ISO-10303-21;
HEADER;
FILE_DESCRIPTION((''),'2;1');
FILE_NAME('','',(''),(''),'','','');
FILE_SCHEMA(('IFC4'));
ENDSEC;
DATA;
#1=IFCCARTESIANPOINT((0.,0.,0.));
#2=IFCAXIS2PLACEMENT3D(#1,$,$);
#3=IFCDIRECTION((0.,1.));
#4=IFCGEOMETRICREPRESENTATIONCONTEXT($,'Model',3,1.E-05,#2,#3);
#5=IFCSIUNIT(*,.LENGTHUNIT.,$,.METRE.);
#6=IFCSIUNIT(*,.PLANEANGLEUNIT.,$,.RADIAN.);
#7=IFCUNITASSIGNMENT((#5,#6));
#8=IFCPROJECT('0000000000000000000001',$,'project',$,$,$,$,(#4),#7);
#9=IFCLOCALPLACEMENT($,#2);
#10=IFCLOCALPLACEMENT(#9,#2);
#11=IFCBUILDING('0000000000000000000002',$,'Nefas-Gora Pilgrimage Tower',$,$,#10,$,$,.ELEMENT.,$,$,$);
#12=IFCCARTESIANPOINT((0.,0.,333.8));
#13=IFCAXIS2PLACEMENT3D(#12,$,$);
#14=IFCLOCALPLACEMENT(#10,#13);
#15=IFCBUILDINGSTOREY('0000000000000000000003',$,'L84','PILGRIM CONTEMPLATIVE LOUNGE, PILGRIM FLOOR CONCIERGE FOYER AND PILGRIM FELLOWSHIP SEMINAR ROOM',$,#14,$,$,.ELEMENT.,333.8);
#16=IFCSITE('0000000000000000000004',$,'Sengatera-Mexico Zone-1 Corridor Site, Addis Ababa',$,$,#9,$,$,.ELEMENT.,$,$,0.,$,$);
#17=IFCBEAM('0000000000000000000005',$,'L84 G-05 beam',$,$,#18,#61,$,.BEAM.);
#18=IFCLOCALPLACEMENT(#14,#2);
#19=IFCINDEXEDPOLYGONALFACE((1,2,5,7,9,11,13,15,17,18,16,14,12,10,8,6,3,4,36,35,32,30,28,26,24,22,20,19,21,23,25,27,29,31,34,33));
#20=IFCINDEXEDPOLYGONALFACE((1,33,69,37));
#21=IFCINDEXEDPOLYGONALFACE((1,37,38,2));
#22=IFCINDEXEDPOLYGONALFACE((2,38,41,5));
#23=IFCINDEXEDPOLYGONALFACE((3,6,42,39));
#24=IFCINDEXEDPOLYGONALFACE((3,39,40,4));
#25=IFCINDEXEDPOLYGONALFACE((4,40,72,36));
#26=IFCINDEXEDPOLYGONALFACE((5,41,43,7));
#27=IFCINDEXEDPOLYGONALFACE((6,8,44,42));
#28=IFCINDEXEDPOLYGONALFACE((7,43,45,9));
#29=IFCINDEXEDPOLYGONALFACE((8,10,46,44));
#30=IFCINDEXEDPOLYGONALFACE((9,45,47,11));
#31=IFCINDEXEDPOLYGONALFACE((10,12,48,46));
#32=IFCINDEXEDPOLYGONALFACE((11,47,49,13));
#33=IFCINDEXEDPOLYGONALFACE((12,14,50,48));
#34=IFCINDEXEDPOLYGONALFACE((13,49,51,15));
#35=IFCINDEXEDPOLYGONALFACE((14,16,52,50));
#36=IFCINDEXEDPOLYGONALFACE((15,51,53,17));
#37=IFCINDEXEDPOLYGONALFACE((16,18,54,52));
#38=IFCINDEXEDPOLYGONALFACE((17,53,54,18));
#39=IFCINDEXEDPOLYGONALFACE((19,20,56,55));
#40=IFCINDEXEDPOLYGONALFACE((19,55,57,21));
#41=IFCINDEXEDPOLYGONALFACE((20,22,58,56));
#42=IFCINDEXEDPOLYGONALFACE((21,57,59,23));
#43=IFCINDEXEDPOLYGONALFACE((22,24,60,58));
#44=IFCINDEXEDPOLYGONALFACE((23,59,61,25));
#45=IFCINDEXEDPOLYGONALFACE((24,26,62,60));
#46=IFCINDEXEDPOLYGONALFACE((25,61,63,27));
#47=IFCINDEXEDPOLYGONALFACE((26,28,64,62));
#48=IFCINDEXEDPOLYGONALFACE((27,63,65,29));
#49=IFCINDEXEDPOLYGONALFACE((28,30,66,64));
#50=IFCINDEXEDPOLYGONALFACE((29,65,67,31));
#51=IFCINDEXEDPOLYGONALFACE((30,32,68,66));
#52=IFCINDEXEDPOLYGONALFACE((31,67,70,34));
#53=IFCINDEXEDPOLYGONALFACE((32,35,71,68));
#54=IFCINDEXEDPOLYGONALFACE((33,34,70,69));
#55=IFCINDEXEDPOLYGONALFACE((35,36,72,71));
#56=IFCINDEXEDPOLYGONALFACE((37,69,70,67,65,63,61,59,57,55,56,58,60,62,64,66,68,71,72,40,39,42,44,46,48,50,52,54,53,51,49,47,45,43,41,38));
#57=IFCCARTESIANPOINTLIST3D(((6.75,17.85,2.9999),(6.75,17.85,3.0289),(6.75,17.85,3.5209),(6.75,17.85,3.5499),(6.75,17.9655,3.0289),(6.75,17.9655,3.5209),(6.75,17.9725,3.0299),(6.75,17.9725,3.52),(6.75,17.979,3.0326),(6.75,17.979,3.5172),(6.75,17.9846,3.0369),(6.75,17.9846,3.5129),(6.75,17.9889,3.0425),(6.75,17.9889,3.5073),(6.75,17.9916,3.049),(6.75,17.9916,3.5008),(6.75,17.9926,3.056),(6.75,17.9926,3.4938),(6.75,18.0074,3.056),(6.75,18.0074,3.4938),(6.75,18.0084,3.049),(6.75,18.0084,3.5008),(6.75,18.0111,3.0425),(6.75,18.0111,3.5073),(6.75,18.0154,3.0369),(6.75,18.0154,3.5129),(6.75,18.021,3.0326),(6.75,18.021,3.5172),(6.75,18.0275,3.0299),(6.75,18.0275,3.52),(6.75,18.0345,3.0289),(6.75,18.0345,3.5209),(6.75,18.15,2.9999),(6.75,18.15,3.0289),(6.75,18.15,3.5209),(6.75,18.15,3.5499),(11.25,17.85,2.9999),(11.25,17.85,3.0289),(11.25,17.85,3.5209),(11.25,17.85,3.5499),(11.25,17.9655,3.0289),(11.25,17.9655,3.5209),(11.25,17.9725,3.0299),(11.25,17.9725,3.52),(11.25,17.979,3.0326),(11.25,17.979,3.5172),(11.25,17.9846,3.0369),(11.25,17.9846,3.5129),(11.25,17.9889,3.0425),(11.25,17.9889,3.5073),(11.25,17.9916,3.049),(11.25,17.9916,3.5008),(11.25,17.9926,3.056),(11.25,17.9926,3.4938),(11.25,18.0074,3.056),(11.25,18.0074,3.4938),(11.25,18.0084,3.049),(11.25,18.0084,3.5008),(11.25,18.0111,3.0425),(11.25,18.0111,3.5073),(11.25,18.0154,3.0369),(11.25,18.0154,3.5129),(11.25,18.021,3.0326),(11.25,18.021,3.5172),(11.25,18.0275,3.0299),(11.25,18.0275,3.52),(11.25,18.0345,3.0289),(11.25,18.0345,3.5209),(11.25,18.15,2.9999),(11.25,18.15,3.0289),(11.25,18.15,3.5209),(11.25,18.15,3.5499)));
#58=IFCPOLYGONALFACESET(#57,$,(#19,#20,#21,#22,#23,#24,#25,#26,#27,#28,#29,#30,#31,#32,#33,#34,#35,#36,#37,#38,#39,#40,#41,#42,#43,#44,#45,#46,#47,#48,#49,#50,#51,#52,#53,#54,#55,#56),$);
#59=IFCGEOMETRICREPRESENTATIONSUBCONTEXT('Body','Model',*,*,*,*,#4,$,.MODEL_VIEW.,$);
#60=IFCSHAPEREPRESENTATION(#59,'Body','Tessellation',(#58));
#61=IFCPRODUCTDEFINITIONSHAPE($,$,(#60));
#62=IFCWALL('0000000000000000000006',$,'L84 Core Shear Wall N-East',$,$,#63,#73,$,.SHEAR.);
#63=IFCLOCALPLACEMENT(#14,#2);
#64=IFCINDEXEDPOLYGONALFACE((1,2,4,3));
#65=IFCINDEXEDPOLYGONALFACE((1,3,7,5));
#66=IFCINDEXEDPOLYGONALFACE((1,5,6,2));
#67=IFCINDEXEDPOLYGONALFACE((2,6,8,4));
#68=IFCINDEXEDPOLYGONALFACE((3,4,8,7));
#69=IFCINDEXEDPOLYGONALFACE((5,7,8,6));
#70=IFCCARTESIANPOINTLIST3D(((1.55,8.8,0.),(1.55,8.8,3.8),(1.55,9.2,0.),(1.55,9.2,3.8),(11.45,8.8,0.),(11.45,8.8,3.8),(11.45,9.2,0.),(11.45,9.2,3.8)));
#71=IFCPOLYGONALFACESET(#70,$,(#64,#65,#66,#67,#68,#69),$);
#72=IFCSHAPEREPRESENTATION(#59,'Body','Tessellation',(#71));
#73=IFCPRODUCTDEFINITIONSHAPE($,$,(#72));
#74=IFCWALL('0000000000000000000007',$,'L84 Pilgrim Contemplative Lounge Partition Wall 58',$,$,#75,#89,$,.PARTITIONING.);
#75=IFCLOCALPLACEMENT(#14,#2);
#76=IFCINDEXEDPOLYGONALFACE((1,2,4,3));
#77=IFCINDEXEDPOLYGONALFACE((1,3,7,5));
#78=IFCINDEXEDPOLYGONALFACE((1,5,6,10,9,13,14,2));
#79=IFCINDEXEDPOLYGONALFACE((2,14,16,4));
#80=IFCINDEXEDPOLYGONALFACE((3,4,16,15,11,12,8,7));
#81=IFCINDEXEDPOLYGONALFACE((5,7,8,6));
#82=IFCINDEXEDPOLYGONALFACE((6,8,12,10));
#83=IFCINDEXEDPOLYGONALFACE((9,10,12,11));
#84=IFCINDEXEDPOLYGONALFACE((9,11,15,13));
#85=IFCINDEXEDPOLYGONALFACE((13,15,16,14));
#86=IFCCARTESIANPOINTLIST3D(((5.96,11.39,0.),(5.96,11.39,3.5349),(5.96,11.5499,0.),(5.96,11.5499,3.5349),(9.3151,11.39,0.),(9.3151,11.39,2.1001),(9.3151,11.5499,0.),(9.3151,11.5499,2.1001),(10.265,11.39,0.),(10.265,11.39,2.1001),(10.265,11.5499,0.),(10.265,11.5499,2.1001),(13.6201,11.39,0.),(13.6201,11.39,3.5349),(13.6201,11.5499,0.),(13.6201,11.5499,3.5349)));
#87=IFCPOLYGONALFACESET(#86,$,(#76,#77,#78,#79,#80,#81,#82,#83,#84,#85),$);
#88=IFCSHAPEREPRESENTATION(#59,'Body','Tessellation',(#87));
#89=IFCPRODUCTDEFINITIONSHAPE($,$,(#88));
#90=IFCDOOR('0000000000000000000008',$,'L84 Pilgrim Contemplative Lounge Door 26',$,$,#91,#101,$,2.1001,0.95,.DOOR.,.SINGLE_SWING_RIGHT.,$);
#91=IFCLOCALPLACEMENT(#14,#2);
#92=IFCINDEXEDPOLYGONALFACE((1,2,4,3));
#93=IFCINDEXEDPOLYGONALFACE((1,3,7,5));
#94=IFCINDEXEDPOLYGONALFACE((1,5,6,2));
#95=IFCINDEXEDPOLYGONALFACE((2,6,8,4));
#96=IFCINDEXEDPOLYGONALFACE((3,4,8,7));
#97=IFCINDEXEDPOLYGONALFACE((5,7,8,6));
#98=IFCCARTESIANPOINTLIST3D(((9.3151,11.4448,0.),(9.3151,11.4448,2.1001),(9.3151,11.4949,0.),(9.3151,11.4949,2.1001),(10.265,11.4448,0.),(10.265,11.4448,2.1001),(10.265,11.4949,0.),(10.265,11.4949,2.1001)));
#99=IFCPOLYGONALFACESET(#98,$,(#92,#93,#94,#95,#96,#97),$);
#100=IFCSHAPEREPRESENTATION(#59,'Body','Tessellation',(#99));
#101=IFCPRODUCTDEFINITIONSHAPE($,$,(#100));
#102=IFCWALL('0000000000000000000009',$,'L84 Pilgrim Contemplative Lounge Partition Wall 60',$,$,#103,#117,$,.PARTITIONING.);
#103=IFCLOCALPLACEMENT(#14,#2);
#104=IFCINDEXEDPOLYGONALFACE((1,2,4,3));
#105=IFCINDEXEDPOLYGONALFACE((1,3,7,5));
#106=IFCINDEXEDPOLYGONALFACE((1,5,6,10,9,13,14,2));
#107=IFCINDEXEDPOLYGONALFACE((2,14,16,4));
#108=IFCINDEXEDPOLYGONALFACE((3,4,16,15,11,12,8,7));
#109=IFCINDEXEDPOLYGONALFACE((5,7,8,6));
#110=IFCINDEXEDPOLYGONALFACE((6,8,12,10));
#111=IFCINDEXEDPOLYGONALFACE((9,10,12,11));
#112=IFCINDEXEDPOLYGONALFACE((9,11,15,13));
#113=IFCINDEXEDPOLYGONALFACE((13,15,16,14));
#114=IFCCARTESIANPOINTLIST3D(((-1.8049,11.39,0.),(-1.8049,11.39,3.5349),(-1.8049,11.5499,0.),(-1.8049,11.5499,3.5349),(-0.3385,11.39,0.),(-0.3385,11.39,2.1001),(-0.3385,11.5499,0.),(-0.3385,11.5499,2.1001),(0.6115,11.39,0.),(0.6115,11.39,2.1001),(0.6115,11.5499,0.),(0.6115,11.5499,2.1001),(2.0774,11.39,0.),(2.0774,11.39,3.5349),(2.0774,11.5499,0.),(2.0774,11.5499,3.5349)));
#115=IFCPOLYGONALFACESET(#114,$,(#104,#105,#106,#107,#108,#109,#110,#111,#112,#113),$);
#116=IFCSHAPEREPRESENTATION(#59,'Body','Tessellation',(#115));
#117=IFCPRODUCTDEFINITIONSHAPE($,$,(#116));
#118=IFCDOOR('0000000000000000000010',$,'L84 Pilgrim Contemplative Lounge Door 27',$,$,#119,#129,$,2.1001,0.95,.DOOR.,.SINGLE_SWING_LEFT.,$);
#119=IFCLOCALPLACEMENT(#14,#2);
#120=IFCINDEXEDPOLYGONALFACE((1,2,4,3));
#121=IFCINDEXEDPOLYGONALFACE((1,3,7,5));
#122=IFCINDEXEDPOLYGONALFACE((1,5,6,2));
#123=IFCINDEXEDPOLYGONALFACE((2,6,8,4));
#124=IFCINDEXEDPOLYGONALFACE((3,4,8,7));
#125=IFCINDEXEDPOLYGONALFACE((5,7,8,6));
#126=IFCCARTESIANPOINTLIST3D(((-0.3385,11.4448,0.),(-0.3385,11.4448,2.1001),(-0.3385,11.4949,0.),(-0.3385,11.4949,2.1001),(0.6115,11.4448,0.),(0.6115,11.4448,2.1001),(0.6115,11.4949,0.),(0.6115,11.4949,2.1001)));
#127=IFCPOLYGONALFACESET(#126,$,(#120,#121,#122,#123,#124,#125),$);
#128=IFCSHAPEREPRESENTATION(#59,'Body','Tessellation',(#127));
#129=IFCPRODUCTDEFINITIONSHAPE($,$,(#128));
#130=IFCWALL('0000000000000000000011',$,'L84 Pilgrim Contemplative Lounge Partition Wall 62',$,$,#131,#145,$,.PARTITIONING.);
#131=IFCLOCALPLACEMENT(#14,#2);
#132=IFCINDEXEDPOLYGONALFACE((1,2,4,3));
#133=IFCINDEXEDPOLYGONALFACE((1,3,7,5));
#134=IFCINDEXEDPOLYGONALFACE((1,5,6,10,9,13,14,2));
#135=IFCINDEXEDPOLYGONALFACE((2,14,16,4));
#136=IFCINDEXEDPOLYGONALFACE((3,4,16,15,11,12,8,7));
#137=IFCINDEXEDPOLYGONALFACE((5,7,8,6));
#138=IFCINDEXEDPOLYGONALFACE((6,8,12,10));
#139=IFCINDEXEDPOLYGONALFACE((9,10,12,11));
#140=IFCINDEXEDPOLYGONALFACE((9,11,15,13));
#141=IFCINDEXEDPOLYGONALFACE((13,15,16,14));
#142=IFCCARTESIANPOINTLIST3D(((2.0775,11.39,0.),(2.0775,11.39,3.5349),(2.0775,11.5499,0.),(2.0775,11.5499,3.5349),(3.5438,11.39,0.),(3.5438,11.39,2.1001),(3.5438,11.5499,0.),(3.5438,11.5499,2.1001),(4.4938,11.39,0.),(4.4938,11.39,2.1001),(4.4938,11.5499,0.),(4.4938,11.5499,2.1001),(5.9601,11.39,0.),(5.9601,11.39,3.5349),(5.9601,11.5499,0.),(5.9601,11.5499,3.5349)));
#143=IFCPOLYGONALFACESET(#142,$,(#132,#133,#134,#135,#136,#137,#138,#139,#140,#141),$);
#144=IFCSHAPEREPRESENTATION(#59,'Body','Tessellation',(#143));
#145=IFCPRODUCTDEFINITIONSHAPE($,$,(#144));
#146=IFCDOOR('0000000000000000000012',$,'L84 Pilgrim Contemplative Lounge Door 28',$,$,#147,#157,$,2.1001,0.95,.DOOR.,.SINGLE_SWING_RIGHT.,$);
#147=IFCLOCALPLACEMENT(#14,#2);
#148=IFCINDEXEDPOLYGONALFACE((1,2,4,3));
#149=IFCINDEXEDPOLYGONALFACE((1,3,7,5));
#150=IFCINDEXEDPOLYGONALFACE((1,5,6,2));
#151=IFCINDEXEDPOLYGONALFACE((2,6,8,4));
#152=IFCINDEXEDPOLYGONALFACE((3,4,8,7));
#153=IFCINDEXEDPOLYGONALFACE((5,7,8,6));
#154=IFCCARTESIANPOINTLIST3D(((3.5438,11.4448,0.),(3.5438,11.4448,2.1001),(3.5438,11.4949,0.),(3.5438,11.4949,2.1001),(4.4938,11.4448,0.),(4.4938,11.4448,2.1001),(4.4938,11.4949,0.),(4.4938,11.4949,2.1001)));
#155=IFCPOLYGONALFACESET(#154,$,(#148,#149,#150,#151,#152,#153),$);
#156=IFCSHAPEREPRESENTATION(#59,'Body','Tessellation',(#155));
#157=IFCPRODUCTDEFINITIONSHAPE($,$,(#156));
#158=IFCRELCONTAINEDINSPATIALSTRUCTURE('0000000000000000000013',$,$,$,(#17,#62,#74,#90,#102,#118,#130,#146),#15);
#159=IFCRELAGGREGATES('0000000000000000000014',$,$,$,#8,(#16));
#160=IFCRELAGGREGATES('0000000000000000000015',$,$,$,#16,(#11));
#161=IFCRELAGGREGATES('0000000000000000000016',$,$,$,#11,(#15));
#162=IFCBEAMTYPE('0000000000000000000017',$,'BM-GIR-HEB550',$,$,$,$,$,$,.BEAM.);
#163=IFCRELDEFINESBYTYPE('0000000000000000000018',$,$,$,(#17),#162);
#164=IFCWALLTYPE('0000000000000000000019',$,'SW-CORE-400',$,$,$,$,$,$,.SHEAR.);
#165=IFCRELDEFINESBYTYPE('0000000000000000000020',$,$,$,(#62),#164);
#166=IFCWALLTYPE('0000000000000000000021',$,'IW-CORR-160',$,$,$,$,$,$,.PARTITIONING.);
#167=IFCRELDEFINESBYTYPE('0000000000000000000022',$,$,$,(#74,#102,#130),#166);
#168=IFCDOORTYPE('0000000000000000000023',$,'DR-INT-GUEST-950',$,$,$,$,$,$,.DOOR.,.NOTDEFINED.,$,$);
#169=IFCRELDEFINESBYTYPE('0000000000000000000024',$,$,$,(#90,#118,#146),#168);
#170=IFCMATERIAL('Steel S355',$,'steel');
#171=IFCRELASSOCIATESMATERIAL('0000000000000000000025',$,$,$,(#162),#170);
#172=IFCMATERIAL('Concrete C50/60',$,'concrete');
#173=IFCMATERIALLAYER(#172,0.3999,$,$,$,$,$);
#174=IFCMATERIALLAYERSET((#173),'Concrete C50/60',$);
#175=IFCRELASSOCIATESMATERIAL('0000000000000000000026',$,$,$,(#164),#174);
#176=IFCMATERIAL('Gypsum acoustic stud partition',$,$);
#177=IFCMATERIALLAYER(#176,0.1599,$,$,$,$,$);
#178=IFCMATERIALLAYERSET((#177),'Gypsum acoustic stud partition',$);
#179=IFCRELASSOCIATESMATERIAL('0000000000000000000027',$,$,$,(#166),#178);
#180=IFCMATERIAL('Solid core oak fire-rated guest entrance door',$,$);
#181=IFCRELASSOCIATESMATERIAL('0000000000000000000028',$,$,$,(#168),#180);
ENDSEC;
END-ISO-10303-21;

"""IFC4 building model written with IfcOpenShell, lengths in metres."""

from ifc_helpers import new_model, si_unit, direction, frame, frame_2d, origin, origin_2d, place, context, subcontext, project, spatial, rectangle, i_section, extrude, source, transform, mapped, material, layer, layer_set, material_profile, profile_set, type_object, element, fill, save


model = new_model("IFC4")

# Units and contexts
model_context = context("Model", 3, precision=1e-05, world=origin(), true_north=direction((0.0, 1.0)))
body_context = subcontext(model_context, "Body", "Model", "MODEL_VIEW")
ifc_project = project(units=[si_unit("LENGTHUNIT", "METRE"), si_unit("PLANEANGLEUNIT", "RADIAN")], contexts=[model_context])

# Site, building, storey
site_placement = place(None, origin())
site = spatial("IfcSite", under=ifc_project, at=site_placement, Name="Sengatera-Mexico Zone-1 Corridor Site, Addis Ababa", CompositionType="ELEMENT", RefElevation=0.0)
building_placement = place(site_placement, origin())
building = spatial("IfcBuilding", under=site, at=building_placement, Name="Nefas-Gora Pilgrimage Tower", CompositionType="ELEMENT")
storey_placement = place(building_placement, frame((0.0, 0.0, 333.8)))
storey = spatial("IfcBuildingStorey", under=building, at=storey_placement, Name="L84", Description="PILGRIM CONTEMPLATIVE LOUNGE, PILGRIM FLOOR CONCIERGE FOYER AND PILGRIM FELLOWSHIP SEMINAR ROOM", CompositionType="ELEMENT", Elevation=333.8)

# Shared definitions
ifc_material_1 = material(Name="Steel S355", Category="steel")
ifc_material_2 = material(Name="Concrete C50/60", Category="concrete")

# Beam
ifc_material_profile_1 = material_profile(ifc_material_1, i_section(OverallWidth=0.3, OverallDepth=0.55, WebThickness=0.0149, FlangeThickness=0.0291, FilletRadius=0.0271, at=origin_2d()), Name="HEB 550")
ifc_profile_set_1 = profile_set([ifc_material_profile_1], Name="Steel S355")
beam_type_1 = type_object("IfcBeamType", Name="BM-GIR-HEB550", PredefinedType="BEAM", material=ifc_profile_set_1)
shared_shape_1 = source(origin(), body_context, "Body", "SweptSolid", [
    extrude(i_section(OverallWidth=0.3, OverallDepth=0.55, WebThickness=0.0149, FlangeThickness=0.0291, FilletRadius=0.0271, at=origin_2d()), origin(), (0.0, 0.0, 1.0), 4.5),
])
for number, where, z_axis, x_axis, name in (
    (1, (6.75, 18.0, 3.2749), (1.0, 0.0, 0.0), (0.0, 1.0, 0.0), "L84 G-05 beam"),
):
    element("IfcBeam", number, at=place(storey_placement, frame(where, z_axis=z_axis, x_axis=x_axis)), inside=storey, type_object=beam_type_1, Name=name, PredefinedType="BEAM", context=body_context, shape_type="MappedRepresentation", body=[
        mapped(shared_shape_1, transform((0.0, 0.0, 0.0), x_axis=(1.0, 0.0, 0.0), y_axis=(0.0, 1.0, 0.0), z_axis=(0.0, 0.0, 1.0), scale=1.0)),
    ])

# Wall
ifc_layer_1 = layer(ifc_material_2, 0.3999)
ifc_layer_set_1 = layer_set([ifc_layer_1], Name="Concrete C50/60")
wall_type_1 = type_object("IfcWallType", Name="SW-CORE-400", PredefinedType="SHEAR", material=ifc_layer_set_1)
shared_shape_2 = source(origin(), body_context, "Body", "SweptSolid", [
    extrude(rectangle(XDim=9.8999, YDim=0.3999, at=frame_2d((4.95, 0.0))), origin(), (0.0, 0.0, 1.0), 3.8),
])
wall_1_placement = place(storey_placement, frame((1.55, 9.0, 0.0), z_axis=(0.0, 0.0, 1.0), x_axis=(1.0, 0.0, 0.0)))
element("IfcWall", 2, at=wall_1_placement, inside=storey, type_object=wall_type_1, Name="L84 Core Shear Wall N-East", PredefinedType="SHEAR", context=body_context, shape_type="MappedRepresentation", body=[
    mapped(shared_shape_2, transform((0.0, 0.0, 0.0), x_axis=(1.0, 0.0, 0.0), y_axis=(0.0, 1.0, 0.0), z_axis=(0.0, 0.0, 1.0), scale=1.0)),
])

# Walls, openings, doors
ifc_material_3 = material(Name="Gypsum acoustic stud partition")
ifc_layer_2 = layer(ifc_material_3, 0.1599)
ifc_layer_set_2 = layer_set([ifc_layer_2], Name="Gypsum acoustic stud partition")
wall_type_2 = type_object("IfcWallType", Name="IW-CORR-160", PredefinedType="PARTITIONING", material=ifc_layer_set_2)
shared_shape_3 = source(origin(), body_context, "Body", "SweptSolid", [
    extrude(rectangle(XDim=7.6602, YDim=0.1599, at=frame_2d((3.8301, 0.0))), origin(), (0.0, 0.0, 1.0), 3.5349),
])
wall_2_placement = place(storey_placement, frame((5.96, 11.47, 0.0), z_axis=(0.0, 0.0, 1.0), x_axis=(1.0, 0.0, 0.0)))
wall_2 = element("IfcWall", 3, at=wall_2_placement, inside=storey, type_object=wall_type_2, Name="L84 Pilgrim Contemplative Lounge Partition Wall 58", PredefinedType="PARTITIONING", context=body_context, shape_type="MappedRepresentation", body=[
    mapped(shared_shape_3, transform((0.0, 0.0, 0.0), x_axis=(1.0, 0.0, 0.0), y_axis=(0.0, 1.0, 0.0), z_axis=(0.0, 0.0, 1.0), scale=1.0)),
])
opening_1_placement = place(wall_2_placement, frame((3.355, 0.0, 0.0)))
opening_1 = element("IfcOpeningElement", 4, at=opening_1_placement, cuts=wall_2, PredefinedType="OPENING", context=body_context, shape_type="SweptSolid", body=[
    extrude(rectangle(XDim=0.95, YDim=2.1001, at=frame_2d((0.4751, 1.05))), frame((0.0, 0.0898, 0.0), z_axis=(0.0, -1.0, 0.0), x_axis=(1.0, 0.0, 0.0)), (0.0, 0.0, 1.0), 0.1799),
])
ifc_material_4 = material(Name="Solid core oak fire-rated guest entrance door")
door_type_1 = type_object("IfcDoorType", Name="DR-INT-GUEST-950", OperationType="NOTDEFINED", PredefinedType="DOOR", material=ifc_material_4)
shared_shape_4 = source(origin(), body_context, "Body", "SweptSolid", [
    extrude(rectangle(XDim=0.95, YDim=2.1001, at=frame_2d((0.4751, 1.05))), frame((0.0, 0.0249, 0.0), z_axis=(0.0, -1.0, 0.0), x_axis=(1.0, 0.0, 0.0)), (0.0, 0.0, 1.0), 0.05),
])
door_1_placement = place(opening_1_placement, origin())
door_1 = element("IfcDoor", 5, at=door_1_placement, inside=storey, type_object=door_type_1, Name="L84 Pilgrim Contemplative Lounge Door 26", OperationType="SINGLE_SWING_RIGHT", OverallHeight=2.1001, OverallWidth=0.95, PredefinedType="DOOR", context=body_context, shape_type="MappedRepresentation", body=[
    mapped(shared_shape_4, transform((0.0, 0.0, 0.0), x_axis=(1.0, 0.0, 0.0), y_axis=(0.0, 1.0, 0.0), z_axis=(0.0, 0.0, 1.0), scale=1.0)),
])
fill(opening_1, door_1)
shared_shape_5 = source(origin(), body_context, "Body", "SweptSolid", [
    extrude(rectangle(XDim=3.8823, YDim=0.1599, at=frame_2d((1.9412, 0.0))), origin(), (0.0, 0.0, 1.0), 3.5349),
])
wall_3_placement = place(storey_placement, frame((-1.8049, 11.47, 0.0), z_axis=(0.0, 0.0, 1.0), x_axis=(1.0, 0.0, 0.0)))
wall_3 = element("IfcWall", 6, at=wall_3_placement, inside=storey, type_object=wall_type_2, Name="L84 Pilgrim Contemplative Lounge Partition Wall 60", PredefinedType="PARTITIONING", context=body_context, shape_type="MappedRepresentation", body=[
    mapped(shared_shape_5, transform((0.0, 0.0, 0.0), x_axis=(1.0, 0.0, 0.0), y_axis=(0.0, 1.0, 0.0), z_axis=(0.0, 0.0, 1.0), scale=1.0)),
])
opening_2_placement = place(wall_3_placement, frame((1.4663, 0.0, 0.0)))
opening_2 = element("IfcOpeningElement", 7, at=opening_2_placement, cuts=wall_3, PredefinedType="OPENING", context=body_context, shape_type="SweptSolid", body=[
    extrude(rectangle(XDim=0.95, YDim=2.1001, at=frame_2d((0.4751, 1.05))), frame((0.0, 0.0898, 0.0), z_axis=(0.0, -1.0, 0.0), x_axis=(1.0, 0.0, 0.0)), (0.0, 0.0, 1.0), 0.1799),
])
door_2_placement = place(opening_2_placement, origin())
door_2 = element("IfcDoor", 8, at=door_2_placement, inside=storey, type_object=door_type_1, Name="L84 Pilgrim Contemplative Lounge Door 27", OperationType="SINGLE_SWING_LEFT", OverallHeight=2.1001, OverallWidth=0.95, PredefinedType="DOOR", context=body_context, shape_type="MappedRepresentation", body=[
    mapped(shared_shape_4, transform((0.0, 0.0, 0.0), x_axis=(1.0, 0.0, 0.0), y_axis=(0.0, 1.0, 0.0), z_axis=(0.0, 0.0, 1.0), scale=1.0)),
])
fill(opening_2, door_2)
shared_shape_6 = source(origin(), body_context, "Body", "SweptSolid", [
    extrude(rectangle(XDim=3.8826, YDim=0.1599, at=frame_2d((1.9414, 0.0))), origin(), (0.0, 0.0, 1.0), 3.5349),
])
wall_4_placement = place(storey_placement, frame((2.0774, 11.47, 0.0), z_axis=(0.0, 0.0, 1.0), x_axis=(1.0, 0.0, 0.0)))
wall_4 = element("IfcWall", 9, at=wall_4_placement, inside=storey, type_object=wall_type_2, Name="L84 Pilgrim Contemplative Lounge Partition Wall 62", PredefinedType="PARTITIONING", context=body_context, shape_type="MappedRepresentation", body=[
    mapped(shared_shape_6, transform((0.0, 0.0, 0.0), x_axis=(1.0, 0.0, 0.0), y_axis=(0.0, 1.0, 0.0), z_axis=(0.0, 0.0, 1.0), scale=1.0)),
])
opening_3_placement = place(wall_4_placement, frame((1.4663, 0.0, 0.0)))
opening_3 = element("IfcOpeningElement", 10, at=opening_3_placement, cuts=wall_4, PredefinedType="OPENING", context=body_context, shape_type="SweptSolid", body=[
    extrude(rectangle(XDim=0.95, YDim=2.1001, at=frame_2d((0.4751, 1.05))), frame((0.0, 0.0898, 0.0), z_axis=(0.0, -1.0, 0.0), x_axis=(1.0, 0.0, 0.0)), (0.0, 0.0, 1.0), 0.1799),
])
door_3_placement = place(opening_3_placement, origin())
door_3 = element("IfcDoor", 11, at=door_3_placement, inside=storey, type_object=door_type_1, Name="L84 Pilgrim Contemplative Lounge Door 28", OperationType="SINGLE_SWING_RIGHT", OverallHeight=2.1001, OverallWidth=0.95, PredefinedType="DOOR", context=body_context, shape_type="MappedRepresentation", body=[
    mapped(shared_shape_4, transform((0.0, 0.0, 0.0), x_axis=(1.0, 0.0, 0.0), y_axis=(0.0, 1.0, 0.0), z_axis=(0.0, 0.0, 1.0), scale=1.0)),
])
fill(opening_3, door_3)

save(model, "model.ifc")
